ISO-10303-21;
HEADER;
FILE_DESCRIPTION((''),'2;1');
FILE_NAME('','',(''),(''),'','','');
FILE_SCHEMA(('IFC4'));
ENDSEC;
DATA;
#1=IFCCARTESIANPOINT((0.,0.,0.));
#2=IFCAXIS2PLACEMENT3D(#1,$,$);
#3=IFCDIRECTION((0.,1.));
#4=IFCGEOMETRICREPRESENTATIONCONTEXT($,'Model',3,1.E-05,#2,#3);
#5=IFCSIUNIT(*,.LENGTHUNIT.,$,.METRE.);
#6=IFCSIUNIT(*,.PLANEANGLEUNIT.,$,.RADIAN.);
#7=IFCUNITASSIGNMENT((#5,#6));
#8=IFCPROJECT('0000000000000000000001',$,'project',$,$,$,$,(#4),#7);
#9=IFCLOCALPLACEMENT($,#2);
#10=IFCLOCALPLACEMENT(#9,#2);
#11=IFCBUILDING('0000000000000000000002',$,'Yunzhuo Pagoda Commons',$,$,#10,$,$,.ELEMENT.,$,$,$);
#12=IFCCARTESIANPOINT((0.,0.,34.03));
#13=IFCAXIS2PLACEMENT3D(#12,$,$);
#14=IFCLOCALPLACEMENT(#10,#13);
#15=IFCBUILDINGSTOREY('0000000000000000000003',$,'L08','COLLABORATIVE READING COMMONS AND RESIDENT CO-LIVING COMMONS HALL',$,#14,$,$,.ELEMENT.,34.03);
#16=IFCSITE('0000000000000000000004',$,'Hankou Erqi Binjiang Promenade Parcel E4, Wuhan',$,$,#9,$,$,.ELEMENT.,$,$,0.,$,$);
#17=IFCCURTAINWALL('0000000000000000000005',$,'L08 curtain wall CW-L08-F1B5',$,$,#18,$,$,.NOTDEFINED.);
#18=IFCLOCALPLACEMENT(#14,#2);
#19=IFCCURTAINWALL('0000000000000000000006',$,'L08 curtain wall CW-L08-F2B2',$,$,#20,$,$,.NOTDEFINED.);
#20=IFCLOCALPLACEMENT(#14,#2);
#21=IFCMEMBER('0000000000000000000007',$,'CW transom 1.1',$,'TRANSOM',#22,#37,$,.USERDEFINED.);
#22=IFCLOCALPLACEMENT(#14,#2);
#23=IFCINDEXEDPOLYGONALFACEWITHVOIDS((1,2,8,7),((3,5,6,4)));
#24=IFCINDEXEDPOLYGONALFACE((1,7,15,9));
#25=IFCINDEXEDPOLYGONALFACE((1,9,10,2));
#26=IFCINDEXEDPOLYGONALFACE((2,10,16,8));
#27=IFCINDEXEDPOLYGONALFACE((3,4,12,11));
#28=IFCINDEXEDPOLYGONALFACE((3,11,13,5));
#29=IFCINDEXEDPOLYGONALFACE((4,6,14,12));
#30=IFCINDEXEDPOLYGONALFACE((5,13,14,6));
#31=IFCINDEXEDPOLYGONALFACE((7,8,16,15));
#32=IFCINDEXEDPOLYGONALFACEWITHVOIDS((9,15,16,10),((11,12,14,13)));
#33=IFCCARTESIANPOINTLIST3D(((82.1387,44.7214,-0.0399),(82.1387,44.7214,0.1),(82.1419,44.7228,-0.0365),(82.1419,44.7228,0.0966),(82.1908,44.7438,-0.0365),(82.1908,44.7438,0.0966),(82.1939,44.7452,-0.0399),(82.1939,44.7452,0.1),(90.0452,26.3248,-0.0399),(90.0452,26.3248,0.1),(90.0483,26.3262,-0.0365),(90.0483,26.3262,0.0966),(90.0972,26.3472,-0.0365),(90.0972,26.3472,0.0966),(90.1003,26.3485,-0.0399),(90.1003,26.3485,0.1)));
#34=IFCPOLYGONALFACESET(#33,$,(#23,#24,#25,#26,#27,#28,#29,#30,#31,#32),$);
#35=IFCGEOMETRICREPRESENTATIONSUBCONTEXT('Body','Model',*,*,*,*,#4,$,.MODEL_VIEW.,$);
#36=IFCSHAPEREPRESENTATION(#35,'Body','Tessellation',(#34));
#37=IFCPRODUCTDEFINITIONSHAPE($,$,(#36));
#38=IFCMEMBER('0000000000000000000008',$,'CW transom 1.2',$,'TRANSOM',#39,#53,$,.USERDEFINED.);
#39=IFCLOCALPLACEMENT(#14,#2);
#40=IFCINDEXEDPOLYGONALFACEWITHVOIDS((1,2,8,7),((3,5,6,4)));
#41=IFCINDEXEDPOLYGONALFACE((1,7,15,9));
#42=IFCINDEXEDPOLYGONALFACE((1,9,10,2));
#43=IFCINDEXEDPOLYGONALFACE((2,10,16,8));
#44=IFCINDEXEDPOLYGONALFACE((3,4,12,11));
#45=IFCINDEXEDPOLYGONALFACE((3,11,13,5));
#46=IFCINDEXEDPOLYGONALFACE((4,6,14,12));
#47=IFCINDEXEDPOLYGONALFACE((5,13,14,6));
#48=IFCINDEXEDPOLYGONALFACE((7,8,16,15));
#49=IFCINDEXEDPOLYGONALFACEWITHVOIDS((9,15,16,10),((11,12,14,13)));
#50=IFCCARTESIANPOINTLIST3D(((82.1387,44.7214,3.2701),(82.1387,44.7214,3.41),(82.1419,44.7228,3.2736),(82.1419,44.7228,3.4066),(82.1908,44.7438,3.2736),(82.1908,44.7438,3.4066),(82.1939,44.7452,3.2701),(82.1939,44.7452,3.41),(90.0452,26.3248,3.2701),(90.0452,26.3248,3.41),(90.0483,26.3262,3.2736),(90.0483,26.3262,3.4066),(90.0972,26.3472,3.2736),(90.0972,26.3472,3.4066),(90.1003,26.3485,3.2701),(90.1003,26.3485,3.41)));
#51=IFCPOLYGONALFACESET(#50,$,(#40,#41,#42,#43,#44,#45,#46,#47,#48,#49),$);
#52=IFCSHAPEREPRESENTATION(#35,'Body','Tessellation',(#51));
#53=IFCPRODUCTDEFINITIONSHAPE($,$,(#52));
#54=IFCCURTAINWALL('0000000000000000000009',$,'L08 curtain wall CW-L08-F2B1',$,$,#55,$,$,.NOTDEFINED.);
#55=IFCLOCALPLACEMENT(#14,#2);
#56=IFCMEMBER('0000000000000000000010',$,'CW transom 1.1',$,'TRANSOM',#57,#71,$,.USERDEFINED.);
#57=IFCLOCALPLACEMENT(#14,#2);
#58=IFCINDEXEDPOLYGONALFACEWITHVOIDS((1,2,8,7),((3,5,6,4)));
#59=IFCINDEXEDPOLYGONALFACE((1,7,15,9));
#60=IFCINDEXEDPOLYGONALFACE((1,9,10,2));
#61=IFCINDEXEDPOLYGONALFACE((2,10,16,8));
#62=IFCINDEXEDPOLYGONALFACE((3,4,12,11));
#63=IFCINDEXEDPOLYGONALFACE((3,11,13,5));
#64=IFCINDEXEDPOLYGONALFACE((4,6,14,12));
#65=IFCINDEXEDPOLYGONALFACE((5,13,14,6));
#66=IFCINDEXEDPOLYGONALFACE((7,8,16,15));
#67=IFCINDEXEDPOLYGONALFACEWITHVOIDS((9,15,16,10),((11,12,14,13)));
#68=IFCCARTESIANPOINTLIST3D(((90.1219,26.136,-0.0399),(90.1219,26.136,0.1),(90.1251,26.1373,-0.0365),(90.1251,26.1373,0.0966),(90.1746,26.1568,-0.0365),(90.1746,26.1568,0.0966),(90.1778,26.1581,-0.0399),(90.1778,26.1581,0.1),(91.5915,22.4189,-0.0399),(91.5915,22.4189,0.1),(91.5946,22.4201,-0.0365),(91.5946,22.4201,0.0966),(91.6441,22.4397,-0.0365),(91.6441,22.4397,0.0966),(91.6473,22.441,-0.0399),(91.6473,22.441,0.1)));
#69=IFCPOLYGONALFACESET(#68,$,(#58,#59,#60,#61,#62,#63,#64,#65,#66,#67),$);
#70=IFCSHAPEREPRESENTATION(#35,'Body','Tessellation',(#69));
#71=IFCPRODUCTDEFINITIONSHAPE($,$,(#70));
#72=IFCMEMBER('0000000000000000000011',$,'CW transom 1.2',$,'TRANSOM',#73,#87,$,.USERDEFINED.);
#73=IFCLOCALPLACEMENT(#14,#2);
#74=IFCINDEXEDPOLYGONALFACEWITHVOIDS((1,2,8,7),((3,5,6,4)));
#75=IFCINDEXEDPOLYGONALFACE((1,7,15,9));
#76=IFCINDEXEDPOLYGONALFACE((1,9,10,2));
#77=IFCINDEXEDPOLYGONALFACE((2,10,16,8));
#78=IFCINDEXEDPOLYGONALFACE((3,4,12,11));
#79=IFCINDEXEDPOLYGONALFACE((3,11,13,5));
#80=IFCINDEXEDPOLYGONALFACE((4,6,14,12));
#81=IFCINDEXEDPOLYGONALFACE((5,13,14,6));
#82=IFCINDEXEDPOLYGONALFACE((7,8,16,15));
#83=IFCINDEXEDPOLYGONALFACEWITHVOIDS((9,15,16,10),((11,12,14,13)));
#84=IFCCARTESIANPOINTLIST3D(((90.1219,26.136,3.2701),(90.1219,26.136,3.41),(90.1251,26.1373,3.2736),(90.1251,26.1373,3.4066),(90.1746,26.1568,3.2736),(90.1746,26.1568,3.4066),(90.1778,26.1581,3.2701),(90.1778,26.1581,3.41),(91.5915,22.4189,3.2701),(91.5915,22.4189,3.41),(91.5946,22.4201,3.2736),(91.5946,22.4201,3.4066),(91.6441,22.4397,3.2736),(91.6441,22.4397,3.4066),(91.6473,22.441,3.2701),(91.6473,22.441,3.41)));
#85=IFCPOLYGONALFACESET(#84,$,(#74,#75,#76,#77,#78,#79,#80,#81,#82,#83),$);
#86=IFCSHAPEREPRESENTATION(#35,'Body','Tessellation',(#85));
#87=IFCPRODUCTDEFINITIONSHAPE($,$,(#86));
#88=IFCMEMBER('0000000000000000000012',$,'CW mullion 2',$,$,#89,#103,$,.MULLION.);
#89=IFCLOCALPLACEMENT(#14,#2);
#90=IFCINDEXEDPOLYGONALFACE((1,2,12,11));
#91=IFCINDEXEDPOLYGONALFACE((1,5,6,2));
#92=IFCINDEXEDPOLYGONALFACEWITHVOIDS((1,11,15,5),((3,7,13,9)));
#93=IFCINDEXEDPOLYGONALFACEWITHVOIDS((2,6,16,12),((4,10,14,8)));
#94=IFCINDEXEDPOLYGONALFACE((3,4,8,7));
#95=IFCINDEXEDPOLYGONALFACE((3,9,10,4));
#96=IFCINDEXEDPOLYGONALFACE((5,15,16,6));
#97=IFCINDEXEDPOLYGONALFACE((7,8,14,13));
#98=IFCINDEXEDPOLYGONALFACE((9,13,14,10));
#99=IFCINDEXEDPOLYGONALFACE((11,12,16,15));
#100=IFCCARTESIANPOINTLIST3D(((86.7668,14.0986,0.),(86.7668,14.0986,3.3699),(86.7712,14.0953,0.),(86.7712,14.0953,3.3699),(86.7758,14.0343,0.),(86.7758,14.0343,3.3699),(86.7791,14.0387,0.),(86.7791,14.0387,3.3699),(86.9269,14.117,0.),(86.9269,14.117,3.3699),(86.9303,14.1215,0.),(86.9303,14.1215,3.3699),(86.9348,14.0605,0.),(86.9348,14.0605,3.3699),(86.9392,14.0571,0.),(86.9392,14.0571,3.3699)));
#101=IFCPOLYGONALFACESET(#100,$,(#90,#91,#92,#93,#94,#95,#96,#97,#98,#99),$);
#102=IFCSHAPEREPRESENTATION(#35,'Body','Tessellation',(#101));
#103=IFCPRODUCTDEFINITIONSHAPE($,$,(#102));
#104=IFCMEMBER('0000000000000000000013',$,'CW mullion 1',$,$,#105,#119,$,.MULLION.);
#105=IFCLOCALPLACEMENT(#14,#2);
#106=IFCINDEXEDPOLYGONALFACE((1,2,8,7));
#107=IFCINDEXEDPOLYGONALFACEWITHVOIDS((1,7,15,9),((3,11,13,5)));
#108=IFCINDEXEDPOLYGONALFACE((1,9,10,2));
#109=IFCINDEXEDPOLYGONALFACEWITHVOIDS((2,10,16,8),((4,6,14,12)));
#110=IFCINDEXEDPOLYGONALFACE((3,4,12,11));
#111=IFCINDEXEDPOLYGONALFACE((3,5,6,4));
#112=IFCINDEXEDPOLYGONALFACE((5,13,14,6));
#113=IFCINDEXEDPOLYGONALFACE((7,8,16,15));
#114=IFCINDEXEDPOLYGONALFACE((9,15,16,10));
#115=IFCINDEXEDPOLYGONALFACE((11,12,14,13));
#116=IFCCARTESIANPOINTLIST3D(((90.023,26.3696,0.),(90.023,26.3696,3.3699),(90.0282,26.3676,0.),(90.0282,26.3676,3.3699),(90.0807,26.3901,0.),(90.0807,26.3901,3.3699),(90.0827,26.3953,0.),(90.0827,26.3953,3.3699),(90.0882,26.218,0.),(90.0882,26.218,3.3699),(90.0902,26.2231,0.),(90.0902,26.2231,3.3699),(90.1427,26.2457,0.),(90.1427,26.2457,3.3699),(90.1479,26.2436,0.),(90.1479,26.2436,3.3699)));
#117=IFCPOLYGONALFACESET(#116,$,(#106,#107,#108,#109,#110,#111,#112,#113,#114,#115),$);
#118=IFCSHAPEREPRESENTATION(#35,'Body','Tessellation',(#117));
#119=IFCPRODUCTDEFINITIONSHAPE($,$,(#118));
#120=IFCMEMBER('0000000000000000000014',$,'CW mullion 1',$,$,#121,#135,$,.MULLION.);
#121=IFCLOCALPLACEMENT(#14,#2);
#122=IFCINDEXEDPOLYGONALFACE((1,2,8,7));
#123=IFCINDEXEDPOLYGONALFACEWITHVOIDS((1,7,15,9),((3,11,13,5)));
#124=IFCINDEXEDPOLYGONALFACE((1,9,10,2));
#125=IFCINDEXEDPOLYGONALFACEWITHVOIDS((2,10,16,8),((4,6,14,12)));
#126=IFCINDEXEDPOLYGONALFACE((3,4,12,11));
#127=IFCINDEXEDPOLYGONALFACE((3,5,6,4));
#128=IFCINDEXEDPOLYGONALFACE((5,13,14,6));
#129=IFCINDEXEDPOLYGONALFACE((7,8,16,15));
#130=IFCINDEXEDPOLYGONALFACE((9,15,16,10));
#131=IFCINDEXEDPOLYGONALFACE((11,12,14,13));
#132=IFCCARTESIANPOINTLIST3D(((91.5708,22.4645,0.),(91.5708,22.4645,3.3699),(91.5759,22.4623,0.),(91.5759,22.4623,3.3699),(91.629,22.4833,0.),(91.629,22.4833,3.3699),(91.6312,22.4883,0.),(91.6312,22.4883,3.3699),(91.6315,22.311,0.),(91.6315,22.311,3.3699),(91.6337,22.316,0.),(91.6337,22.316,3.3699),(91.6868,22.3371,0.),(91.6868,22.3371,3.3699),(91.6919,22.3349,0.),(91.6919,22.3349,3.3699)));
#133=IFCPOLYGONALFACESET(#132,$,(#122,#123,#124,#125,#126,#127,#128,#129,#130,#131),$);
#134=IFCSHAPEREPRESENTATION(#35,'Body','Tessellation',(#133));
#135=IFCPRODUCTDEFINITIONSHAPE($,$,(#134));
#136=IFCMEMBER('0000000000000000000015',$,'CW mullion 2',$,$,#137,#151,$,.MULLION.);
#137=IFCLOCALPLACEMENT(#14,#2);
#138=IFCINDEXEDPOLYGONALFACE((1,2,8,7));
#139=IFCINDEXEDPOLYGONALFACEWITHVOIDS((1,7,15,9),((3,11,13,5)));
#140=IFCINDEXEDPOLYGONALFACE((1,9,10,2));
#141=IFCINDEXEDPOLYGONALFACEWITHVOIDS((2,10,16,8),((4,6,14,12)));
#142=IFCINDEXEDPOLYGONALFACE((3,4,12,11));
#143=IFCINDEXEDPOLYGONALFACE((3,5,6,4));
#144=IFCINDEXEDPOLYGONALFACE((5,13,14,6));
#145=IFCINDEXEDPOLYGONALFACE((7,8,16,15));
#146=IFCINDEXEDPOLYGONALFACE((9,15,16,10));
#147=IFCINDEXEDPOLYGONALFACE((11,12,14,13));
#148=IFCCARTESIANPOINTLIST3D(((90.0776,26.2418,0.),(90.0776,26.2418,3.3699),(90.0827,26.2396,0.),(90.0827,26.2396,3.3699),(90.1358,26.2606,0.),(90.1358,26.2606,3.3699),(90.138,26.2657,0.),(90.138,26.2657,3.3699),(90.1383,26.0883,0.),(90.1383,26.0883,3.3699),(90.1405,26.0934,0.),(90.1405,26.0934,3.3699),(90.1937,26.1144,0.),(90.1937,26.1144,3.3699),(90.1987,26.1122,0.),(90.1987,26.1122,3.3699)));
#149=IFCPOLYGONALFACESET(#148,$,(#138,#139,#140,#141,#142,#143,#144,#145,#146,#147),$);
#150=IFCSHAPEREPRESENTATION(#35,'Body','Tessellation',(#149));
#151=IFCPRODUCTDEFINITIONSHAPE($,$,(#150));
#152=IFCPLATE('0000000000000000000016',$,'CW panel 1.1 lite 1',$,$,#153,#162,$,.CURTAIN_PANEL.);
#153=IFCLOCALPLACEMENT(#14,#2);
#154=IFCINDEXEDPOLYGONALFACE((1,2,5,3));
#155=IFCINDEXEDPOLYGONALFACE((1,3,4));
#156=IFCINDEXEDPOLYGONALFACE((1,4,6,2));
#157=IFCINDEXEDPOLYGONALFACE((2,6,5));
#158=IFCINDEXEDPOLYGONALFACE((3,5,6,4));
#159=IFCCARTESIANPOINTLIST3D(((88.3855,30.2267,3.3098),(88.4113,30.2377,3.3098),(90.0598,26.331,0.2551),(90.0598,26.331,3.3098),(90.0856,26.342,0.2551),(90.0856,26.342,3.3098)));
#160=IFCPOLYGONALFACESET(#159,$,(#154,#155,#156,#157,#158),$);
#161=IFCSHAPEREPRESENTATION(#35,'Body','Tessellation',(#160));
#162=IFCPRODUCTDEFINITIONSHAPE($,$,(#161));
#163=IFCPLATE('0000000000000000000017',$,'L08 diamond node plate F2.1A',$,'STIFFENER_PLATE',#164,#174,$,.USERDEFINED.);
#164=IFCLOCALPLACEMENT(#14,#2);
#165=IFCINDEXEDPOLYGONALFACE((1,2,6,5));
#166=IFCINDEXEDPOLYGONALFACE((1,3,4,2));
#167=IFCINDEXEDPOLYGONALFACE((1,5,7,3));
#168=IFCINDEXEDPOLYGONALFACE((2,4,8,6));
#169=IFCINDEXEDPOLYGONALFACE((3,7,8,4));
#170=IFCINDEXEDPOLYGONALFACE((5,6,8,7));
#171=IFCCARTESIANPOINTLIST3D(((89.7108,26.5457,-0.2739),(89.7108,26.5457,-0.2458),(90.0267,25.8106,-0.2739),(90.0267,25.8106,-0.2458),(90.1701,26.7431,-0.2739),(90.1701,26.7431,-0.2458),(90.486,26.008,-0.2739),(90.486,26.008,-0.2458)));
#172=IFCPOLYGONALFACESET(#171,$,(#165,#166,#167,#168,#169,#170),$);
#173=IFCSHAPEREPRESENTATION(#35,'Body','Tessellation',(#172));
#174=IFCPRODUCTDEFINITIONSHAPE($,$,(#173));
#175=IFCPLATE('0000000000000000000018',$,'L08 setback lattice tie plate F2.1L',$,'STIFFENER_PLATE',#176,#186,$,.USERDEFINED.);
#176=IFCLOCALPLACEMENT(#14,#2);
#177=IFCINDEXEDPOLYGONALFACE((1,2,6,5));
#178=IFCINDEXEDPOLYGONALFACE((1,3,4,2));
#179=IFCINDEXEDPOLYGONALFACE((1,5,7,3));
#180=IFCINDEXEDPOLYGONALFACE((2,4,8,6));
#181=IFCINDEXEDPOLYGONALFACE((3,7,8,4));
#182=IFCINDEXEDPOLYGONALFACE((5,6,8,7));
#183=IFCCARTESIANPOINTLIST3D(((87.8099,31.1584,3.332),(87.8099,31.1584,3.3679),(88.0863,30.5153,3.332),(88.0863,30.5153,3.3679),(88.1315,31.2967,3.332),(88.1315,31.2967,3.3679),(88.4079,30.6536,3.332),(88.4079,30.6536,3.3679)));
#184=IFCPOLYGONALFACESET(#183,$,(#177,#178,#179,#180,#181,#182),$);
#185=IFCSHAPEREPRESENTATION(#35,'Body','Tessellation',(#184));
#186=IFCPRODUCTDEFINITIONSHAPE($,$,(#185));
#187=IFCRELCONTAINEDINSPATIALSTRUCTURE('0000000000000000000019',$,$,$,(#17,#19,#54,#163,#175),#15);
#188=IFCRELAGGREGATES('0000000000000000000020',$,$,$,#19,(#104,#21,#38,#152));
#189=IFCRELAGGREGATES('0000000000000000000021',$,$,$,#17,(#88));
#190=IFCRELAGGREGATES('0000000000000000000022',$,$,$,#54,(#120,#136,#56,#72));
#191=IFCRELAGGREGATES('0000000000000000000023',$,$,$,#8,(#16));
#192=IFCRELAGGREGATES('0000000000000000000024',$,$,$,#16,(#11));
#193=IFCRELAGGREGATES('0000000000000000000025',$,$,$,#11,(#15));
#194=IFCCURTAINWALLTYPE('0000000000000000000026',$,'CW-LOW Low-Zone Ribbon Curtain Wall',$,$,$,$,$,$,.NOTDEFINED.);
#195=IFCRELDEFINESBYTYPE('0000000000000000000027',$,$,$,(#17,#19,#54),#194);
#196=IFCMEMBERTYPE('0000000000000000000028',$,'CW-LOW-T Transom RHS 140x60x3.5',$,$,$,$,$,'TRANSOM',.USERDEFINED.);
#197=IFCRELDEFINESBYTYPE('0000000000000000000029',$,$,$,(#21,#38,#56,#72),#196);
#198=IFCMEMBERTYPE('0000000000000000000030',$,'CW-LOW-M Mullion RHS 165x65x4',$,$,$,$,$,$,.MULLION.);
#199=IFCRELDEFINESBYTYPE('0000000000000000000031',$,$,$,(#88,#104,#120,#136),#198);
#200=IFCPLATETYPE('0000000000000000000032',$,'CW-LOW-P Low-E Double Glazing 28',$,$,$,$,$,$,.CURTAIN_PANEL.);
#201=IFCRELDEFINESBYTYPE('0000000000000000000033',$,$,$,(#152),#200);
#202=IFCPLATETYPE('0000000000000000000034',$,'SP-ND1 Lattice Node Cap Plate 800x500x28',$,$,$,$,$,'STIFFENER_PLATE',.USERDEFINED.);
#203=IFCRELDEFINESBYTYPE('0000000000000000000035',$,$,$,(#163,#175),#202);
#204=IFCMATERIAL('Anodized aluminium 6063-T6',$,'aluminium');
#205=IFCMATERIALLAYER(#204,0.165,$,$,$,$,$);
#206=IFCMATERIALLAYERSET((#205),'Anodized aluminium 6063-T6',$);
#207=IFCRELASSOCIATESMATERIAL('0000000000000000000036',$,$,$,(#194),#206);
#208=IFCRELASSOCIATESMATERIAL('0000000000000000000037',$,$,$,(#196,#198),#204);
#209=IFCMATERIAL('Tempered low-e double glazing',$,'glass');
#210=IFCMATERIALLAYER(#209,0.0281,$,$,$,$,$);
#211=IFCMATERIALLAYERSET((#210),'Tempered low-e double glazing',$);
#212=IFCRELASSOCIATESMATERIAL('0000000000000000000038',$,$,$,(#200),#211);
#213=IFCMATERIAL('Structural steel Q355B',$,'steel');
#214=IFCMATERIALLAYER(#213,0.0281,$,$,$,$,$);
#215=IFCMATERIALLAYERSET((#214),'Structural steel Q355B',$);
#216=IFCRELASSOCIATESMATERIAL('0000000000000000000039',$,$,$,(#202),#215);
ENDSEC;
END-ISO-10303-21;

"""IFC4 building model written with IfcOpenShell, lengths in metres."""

from ifc_helpers import new_model, si_unit, direction, frame, origin, origin_2d, place, context, subcontext, project, spatial, polyline, rectangle, hollow_rectangle, outline, extrude, source, transform, mapped, material, layer, layer_set, material_profile, profile_set, type_object, element, aggregate, save


model = new_model("IFC4")

# Units and contexts
model_context = context("Model", 3, precision=1e-05, world=origin(), true_north=direction((0.0, 1.0)))
body_context = subcontext(model_context, "Body", "Model", "MODEL_VIEW")
ifc_project = project(units=[si_unit("LENGTHUNIT", "METRE"), si_unit("PLANEANGLEUNIT", "RADIAN")], contexts=[model_context])

# Site, building, storey
site_placement = place(None, origin())
site = spatial("IfcSite", under=ifc_project, at=site_placement, Name="Hankou Erqi Binjiang Promenade Parcel E4, Wuhan", CompositionType="ELEMENT", RefElevation=0.0)
building_placement = place(site_placement, origin())
building = spatial("IfcBuilding", under=site, at=building_placement, Name="Yunzhuo Pagoda Commons", CompositionType="ELEMENT")
storey_placement = place(building_placement, frame((0.0, 0.0, 34.03)))
storey = spatial("IfcBuildingStorey", under=building, at=storey_placement, Name="L08", Description="COLLABORATIVE READING COMMONS AND RESIDENT CO-LIVING COMMONS HALL", CompositionType="ELEMENT", Elevation=34.03)

# Shared definitions
ifc_material_1 = material(Name="Structural steel Q355B", Category="steel")

# Curtain wall
ifc_material_2 = material(Name="Anodized aluminium 6063-T6", Category="aluminium")
ifc_layer_1 = layer(ifc_material_2, 0.165)
ifc_layer_set_1 = layer_set([ifc_layer_1], Name="Anodized aluminium 6063-T6")
curtain_wall_type = type_object("IfcCurtainWallType", Name="CW-LOW Low-Zone Ribbon Curtain Wall", PredefinedType="NOTDEFINED", material=ifc_layer_set_1)
curtain_wall_1_placement = place(storey_placement, origin())
curtain_wall_1 = element("IfcCurtainWall", 1, at=curtain_wall_1_placement, inside=storey, type_object=curtain_wall_type, Name="L08 curtain wall CW-L08-F1B5", PredefinedType="NOTDEFINED")
ifc_material_profile_1 = material_profile(ifc_material_2, hollow_rectangle(XDim=0.0601, YDim=0.1399, WallThickness=0.0034, at=origin_2d()), Name="Anodized aluminium 6063-T6")
ifc_profile_set_1 = profile_set([ifc_material_profile_1], Name="Anodized aluminium 6063-T6")
member_type_1 = type_object("IfcMemberType", Name="CW-LOW-T Transom RHS 140x60x3.5", ElementType="TRANSOM", PredefinedType="USERDEFINED", material=ifc_profile_set_1)

# Curtain walls, members
curtain_wall_2_placement = place(storey_placement, origin())
curtain_wall_2 = element("IfcCurtainWall", 2, at=curtain_wall_2_placement, inside=storey, type_object=curtain_wall_type, Name="L08 curtain wall CW-L08-F2B2", PredefinedType="NOTDEFINED")
shared_shape_1 = source(origin(), body_context, "Body", "SweptSolid", [
    extrude(hollow_rectangle(XDim=0.0601, YDim=0.1399, WallThickness=0.0034, at=origin_2d()), origin(), (0.0, 0.0, 1.0), 20.0237),
])
member_1_placement = place(storey_placement, frame((90.0728, 26.3367, 0.03), z_axis=(-0.394855, 0.918743, 0.0), x_axis=(-0.918743, -0.394855, 0.0)))
member_1 = element("IfcMember", 3, at=member_1_placement, type_object=member_type_1, Name="CW transom 1.1", ObjectType="TRANSOM", PredefinedType="USERDEFINED", context=body_context, shape_type="MappedRepresentation", body=[
    mapped(shared_shape_1, transform((0.0, 0.0, 0.0), scale=1.0)),
])
member_2_placement = place(storey_placement, frame((90.0728, 26.3367, 3.3401), z_axis=(-0.394855, 0.918743, 0.0), x_axis=(-0.918743, -0.394855, 0.0)))
member_2 = element("IfcMember", 4, at=member_2_placement, type_object=member_type_1, Name="CW transom 1.2", ObjectType="TRANSOM", PredefinedType="USERDEFINED", context=body_context, shape_type="MappedRepresentation", body=[
    mapped(shared_shape_1, transform((0.0, 0.0, 0.0), scale=1.0)),
])
curtain_wall_3_placement = place(storey_placement, origin())
curtain_wall_3 = element("IfcCurtainWall", 5, at=curtain_wall_3_placement, inside=storey, type_object=curtain_wall_type, Name="L08 curtain wall CW-L08-F2B1", PredefinedType="NOTDEFINED")
shared_shape_2 = source(origin(), body_context, "Body", "SweptSolid", [
    extrude(hollow_rectangle(XDim=0.0601, YDim=0.1399, WallThickness=0.0034, at=origin_2d()), origin(), (0.0, 0.0, 1.0), 3.9971),
])
member_3_placement = place(storey_placement, frame((91.6194, 22.4299, 0.03), z_axis=(-0.367649, 0.929965, 0.0), x_axis=(-0.929965, -0.367649, 0.0)))
member_3 = element("IfcMember", 6, at=member_3_placement, type_object=member_type_1, Name="CW transom 1.1", ObjectType="TRANSOM", PredefinedType="USERDEFINED", context=body_context, shape_type="MappedRepresentation", body=[
    mapped(shared_shape_2, transform((0.0, 0.0, 0.0), scale=1.0)),
])
member_4_placement = place(storey_placement, frame((91.6194, 22.4299, 3.3401), z_axis=(-0.367649, 0.929965, 0.0), x_axis=(-0.929965, -0.367649, 0.0)))
member_4 = element("IfcMember", 7, at=member_4_placement, type_object=member_type_1, Name="CW transom 1.2", ObjectType="TRANSOM", PredefinedType="USERDEFINED", context=body_context, shape_type="MappedRepresentation", body=[
    mapped(shared_shape_2, transform((0.0, 0.0, 0.0), scale=1.0)),
])

# Members
ifc_material_profile_2 = material_profile(ifc_material_2, hollow_rectangle(XDim=0.0649, YDim=0.165, WallThickness=0.0039, at=origin_2d()), Name="Anodized aluminium 6063-T6")
ifc_profile_set_2 = profile_set([ifc_material_profile_2], Name="Anodized aluminium 6063-T6")
member_type_2 = type_object("IfcMemberType", Name="CW-LOW-M Mullion RHS 165x65x4", PredefinedType="MULLION", material=ifc_profile_set_2)
shared_shape_3 = source(origin(), body_context, "Body", "SweptSolid", [
    extrude(hollow_rectangle(XDim=0.0649, YDim=0.165, WallThickness=0.0039, at=origin_2d()), origin(), (0.0, 0.0, 1.0), 3.3699),
])
member_5_placement = place(storey_placement, frame((86.853, 14.0779, 0.0), z_axis=(0.0, 0.0, 1.0), x_axis=(-0.138294, 0.990391, 0.0)))
member_5 = element("IfcMember", 8, at=member_5_placement, type_object=member_type_2, Name="CW mullion 2", PredefinedType="MULLION", context=body_context, shape_type="MappedRepresentation", body=[
    mapped(shared_shape_3, transform((0.0, 0.0, 0.0), scale=1.0)),
])
member_6_placement = place(storey_placement, frame((90.0854, 26.3066, 0.0), z_axis=(0.0, 0.0, 1.0), x_axis=(-0.918745, -0.394851, 0.0)))
member_6 = element("IfcMember", 9, at=member_6_placement, type_object=member_type_2, Name="CW mullion 1", PredefinedType="MULLION", context=body_context, shape_type="MappedRepresentation", body=[
    mapped(shared_shape_3, transform((0.0, 0.0, 0.0), scale=1.0)),
])
member_7_placement = place(storey_placement, frame((91.6313, 22.3997, 0.0), z_axis=(0.0, 0.0, 1.0), x_axis=(-0.929958, -0.367665, 0.0)))
member_7 = element("IfcMember", 10, at=member_7_placement, type_object=member_type_2, Name="CW mullion 1", PredefinedType="MULLION", context=body_context, shape_type="MappedRepresentation", body=[
    mapped(shared_shape_3, transform((0.0, 0.0, 0.0), scale=1.0)),
])
member_8_placement = place(storey_placement, frame((90.1382, 26.177, 0.0), z_axis=(0.0, 0.0, 1.0), x_axis=(-0.929958, -0.367665, 0.0)))
member_8 = element("IfcMember", 11, at=member_8_placement, type_object=member_type_2, Name="CW mullion 2", PredefinedType="MULLION", context=body_context, shape_type="MappedRepresentation", body=[
    mapped(shared_shape_3, transform((0.0, 0.0, 0.0), scale=1.0)),
])

# Plate
ifc_material_3 = material(Name="Tempered low-e double glazing", Category="glass")
ifc_layer_2 = layer(ifc_material_3, 0.0281)
ifc_layer_set_2 = layer_set([ifc_layer_2], Name="Tempered low-e double glazing")
plate_type_1 = type_object("IfcPlateType", Name="CW-LOW-P Low-E Double Glazing 28", PredefinedType="CURTAIN_PANEL", material=ifc_layer_set_2)
plate_1_placement = place(storey_placement, frame((89.2227, 28.2788, 1.7825), z_axis=(0.918745, 0.394851, 0.0), x_axis=(-0.394851, 0.918745, 0.0)))
plate_1 = element("IfcPlate", 12, at=plate_1_placement, type_object=plate_type_1, Name="CW panel 1.1 lite 1", PredefinedType="CURTAIN_PANEL", context=body_context, shape_type="SweptSolid", body=[
    extrude(outline(polyline([(-2.1201, -1.5273), (2.1201, 1.5273), (-2.1201, 1.5273), (-2.1201, -1.5273)])), origin(), (0.0, 0.0, 1.0), 0.0281),
])
aggregate(curtain_wall_2, [member_6, member_1, member_2, plate_1])

# Plates
ifc_layer_3 = layer(ifc_material_1, 0.0281)
ifc_layer_set_3 = layer_set([ifc_layer_3], Name="Structural steel Q355B")
plate_type_2 = type_object("IfcPlateType", Name="SP-ND1 Lattice Node Cap Plate 800x500x28", ElementType="STIFFENER_PLATE", PredefinedType="USERDEFINED", material=ifc_layer_set_3)
shared_shape_4 = source(origin(), body_context, "Body", "SweptSolid", [
    extrude(rectangle(XDim=0.8, YDim=0.5, at=origin_2d()), origin(), (0.0, 0.0, 1.0), 0.0281),
])
plate_2_placement = place(storey_placement, frame((90.0984, 26.2769, -0.2739), z_axis=(0.0, 0.0, 1.0), x_axis=(-0.394856, 0.918743, 0.0)))
element("IfcPlate", 13, at=plate_2_placement, inside=storey, type_object=plate_type_2, Name="L08 diamond node plate F2.1A", ObjectType="STIFFENER_PLATE", PredefinedType="USERDEFINED", context=body_context, shape_type="MappedRepresentation", body=[
    mapped(shared_shape_4, transform((0.0, 0.0, 0.0), scale=1.0)),
])
shared_shape_5 = source(origin(), body_context, "Body", "SweptSolid", [
    extrude(rectangle(XDim=0.7, YDim=0.3501, at=origin_2d()), origin(), (0.0, 0.0, 1.0), 0.0359),
])
plate_3_placement = place(storey_placement, frame((88.1089, 30.906, 3.332), z_axis=(0.0, 0.0, 1.0), x_axis=(-0.394856, 0.918743, 0.0)))
element("IfcPlate", 14, at=plate_3_placement, inside=storey, type_object=plate_type_2, Name="L08 setback lattice tie plate F2.1L", ObjectType="STIFFENER_PLATE", PredefinedType="USERDEFINED", context=body_context, shape_type="MappedRepresentation", body=[
    mapped(shared_shape_5, transform((0.0, 0.0, 0.0), scale=1.0)),
])

aggregate(curtain_wall_1, [member_5])
aggregate(curtain_wall_3, [member_7, member_8, member_3, member_4])

save(model, "model.ifc")
